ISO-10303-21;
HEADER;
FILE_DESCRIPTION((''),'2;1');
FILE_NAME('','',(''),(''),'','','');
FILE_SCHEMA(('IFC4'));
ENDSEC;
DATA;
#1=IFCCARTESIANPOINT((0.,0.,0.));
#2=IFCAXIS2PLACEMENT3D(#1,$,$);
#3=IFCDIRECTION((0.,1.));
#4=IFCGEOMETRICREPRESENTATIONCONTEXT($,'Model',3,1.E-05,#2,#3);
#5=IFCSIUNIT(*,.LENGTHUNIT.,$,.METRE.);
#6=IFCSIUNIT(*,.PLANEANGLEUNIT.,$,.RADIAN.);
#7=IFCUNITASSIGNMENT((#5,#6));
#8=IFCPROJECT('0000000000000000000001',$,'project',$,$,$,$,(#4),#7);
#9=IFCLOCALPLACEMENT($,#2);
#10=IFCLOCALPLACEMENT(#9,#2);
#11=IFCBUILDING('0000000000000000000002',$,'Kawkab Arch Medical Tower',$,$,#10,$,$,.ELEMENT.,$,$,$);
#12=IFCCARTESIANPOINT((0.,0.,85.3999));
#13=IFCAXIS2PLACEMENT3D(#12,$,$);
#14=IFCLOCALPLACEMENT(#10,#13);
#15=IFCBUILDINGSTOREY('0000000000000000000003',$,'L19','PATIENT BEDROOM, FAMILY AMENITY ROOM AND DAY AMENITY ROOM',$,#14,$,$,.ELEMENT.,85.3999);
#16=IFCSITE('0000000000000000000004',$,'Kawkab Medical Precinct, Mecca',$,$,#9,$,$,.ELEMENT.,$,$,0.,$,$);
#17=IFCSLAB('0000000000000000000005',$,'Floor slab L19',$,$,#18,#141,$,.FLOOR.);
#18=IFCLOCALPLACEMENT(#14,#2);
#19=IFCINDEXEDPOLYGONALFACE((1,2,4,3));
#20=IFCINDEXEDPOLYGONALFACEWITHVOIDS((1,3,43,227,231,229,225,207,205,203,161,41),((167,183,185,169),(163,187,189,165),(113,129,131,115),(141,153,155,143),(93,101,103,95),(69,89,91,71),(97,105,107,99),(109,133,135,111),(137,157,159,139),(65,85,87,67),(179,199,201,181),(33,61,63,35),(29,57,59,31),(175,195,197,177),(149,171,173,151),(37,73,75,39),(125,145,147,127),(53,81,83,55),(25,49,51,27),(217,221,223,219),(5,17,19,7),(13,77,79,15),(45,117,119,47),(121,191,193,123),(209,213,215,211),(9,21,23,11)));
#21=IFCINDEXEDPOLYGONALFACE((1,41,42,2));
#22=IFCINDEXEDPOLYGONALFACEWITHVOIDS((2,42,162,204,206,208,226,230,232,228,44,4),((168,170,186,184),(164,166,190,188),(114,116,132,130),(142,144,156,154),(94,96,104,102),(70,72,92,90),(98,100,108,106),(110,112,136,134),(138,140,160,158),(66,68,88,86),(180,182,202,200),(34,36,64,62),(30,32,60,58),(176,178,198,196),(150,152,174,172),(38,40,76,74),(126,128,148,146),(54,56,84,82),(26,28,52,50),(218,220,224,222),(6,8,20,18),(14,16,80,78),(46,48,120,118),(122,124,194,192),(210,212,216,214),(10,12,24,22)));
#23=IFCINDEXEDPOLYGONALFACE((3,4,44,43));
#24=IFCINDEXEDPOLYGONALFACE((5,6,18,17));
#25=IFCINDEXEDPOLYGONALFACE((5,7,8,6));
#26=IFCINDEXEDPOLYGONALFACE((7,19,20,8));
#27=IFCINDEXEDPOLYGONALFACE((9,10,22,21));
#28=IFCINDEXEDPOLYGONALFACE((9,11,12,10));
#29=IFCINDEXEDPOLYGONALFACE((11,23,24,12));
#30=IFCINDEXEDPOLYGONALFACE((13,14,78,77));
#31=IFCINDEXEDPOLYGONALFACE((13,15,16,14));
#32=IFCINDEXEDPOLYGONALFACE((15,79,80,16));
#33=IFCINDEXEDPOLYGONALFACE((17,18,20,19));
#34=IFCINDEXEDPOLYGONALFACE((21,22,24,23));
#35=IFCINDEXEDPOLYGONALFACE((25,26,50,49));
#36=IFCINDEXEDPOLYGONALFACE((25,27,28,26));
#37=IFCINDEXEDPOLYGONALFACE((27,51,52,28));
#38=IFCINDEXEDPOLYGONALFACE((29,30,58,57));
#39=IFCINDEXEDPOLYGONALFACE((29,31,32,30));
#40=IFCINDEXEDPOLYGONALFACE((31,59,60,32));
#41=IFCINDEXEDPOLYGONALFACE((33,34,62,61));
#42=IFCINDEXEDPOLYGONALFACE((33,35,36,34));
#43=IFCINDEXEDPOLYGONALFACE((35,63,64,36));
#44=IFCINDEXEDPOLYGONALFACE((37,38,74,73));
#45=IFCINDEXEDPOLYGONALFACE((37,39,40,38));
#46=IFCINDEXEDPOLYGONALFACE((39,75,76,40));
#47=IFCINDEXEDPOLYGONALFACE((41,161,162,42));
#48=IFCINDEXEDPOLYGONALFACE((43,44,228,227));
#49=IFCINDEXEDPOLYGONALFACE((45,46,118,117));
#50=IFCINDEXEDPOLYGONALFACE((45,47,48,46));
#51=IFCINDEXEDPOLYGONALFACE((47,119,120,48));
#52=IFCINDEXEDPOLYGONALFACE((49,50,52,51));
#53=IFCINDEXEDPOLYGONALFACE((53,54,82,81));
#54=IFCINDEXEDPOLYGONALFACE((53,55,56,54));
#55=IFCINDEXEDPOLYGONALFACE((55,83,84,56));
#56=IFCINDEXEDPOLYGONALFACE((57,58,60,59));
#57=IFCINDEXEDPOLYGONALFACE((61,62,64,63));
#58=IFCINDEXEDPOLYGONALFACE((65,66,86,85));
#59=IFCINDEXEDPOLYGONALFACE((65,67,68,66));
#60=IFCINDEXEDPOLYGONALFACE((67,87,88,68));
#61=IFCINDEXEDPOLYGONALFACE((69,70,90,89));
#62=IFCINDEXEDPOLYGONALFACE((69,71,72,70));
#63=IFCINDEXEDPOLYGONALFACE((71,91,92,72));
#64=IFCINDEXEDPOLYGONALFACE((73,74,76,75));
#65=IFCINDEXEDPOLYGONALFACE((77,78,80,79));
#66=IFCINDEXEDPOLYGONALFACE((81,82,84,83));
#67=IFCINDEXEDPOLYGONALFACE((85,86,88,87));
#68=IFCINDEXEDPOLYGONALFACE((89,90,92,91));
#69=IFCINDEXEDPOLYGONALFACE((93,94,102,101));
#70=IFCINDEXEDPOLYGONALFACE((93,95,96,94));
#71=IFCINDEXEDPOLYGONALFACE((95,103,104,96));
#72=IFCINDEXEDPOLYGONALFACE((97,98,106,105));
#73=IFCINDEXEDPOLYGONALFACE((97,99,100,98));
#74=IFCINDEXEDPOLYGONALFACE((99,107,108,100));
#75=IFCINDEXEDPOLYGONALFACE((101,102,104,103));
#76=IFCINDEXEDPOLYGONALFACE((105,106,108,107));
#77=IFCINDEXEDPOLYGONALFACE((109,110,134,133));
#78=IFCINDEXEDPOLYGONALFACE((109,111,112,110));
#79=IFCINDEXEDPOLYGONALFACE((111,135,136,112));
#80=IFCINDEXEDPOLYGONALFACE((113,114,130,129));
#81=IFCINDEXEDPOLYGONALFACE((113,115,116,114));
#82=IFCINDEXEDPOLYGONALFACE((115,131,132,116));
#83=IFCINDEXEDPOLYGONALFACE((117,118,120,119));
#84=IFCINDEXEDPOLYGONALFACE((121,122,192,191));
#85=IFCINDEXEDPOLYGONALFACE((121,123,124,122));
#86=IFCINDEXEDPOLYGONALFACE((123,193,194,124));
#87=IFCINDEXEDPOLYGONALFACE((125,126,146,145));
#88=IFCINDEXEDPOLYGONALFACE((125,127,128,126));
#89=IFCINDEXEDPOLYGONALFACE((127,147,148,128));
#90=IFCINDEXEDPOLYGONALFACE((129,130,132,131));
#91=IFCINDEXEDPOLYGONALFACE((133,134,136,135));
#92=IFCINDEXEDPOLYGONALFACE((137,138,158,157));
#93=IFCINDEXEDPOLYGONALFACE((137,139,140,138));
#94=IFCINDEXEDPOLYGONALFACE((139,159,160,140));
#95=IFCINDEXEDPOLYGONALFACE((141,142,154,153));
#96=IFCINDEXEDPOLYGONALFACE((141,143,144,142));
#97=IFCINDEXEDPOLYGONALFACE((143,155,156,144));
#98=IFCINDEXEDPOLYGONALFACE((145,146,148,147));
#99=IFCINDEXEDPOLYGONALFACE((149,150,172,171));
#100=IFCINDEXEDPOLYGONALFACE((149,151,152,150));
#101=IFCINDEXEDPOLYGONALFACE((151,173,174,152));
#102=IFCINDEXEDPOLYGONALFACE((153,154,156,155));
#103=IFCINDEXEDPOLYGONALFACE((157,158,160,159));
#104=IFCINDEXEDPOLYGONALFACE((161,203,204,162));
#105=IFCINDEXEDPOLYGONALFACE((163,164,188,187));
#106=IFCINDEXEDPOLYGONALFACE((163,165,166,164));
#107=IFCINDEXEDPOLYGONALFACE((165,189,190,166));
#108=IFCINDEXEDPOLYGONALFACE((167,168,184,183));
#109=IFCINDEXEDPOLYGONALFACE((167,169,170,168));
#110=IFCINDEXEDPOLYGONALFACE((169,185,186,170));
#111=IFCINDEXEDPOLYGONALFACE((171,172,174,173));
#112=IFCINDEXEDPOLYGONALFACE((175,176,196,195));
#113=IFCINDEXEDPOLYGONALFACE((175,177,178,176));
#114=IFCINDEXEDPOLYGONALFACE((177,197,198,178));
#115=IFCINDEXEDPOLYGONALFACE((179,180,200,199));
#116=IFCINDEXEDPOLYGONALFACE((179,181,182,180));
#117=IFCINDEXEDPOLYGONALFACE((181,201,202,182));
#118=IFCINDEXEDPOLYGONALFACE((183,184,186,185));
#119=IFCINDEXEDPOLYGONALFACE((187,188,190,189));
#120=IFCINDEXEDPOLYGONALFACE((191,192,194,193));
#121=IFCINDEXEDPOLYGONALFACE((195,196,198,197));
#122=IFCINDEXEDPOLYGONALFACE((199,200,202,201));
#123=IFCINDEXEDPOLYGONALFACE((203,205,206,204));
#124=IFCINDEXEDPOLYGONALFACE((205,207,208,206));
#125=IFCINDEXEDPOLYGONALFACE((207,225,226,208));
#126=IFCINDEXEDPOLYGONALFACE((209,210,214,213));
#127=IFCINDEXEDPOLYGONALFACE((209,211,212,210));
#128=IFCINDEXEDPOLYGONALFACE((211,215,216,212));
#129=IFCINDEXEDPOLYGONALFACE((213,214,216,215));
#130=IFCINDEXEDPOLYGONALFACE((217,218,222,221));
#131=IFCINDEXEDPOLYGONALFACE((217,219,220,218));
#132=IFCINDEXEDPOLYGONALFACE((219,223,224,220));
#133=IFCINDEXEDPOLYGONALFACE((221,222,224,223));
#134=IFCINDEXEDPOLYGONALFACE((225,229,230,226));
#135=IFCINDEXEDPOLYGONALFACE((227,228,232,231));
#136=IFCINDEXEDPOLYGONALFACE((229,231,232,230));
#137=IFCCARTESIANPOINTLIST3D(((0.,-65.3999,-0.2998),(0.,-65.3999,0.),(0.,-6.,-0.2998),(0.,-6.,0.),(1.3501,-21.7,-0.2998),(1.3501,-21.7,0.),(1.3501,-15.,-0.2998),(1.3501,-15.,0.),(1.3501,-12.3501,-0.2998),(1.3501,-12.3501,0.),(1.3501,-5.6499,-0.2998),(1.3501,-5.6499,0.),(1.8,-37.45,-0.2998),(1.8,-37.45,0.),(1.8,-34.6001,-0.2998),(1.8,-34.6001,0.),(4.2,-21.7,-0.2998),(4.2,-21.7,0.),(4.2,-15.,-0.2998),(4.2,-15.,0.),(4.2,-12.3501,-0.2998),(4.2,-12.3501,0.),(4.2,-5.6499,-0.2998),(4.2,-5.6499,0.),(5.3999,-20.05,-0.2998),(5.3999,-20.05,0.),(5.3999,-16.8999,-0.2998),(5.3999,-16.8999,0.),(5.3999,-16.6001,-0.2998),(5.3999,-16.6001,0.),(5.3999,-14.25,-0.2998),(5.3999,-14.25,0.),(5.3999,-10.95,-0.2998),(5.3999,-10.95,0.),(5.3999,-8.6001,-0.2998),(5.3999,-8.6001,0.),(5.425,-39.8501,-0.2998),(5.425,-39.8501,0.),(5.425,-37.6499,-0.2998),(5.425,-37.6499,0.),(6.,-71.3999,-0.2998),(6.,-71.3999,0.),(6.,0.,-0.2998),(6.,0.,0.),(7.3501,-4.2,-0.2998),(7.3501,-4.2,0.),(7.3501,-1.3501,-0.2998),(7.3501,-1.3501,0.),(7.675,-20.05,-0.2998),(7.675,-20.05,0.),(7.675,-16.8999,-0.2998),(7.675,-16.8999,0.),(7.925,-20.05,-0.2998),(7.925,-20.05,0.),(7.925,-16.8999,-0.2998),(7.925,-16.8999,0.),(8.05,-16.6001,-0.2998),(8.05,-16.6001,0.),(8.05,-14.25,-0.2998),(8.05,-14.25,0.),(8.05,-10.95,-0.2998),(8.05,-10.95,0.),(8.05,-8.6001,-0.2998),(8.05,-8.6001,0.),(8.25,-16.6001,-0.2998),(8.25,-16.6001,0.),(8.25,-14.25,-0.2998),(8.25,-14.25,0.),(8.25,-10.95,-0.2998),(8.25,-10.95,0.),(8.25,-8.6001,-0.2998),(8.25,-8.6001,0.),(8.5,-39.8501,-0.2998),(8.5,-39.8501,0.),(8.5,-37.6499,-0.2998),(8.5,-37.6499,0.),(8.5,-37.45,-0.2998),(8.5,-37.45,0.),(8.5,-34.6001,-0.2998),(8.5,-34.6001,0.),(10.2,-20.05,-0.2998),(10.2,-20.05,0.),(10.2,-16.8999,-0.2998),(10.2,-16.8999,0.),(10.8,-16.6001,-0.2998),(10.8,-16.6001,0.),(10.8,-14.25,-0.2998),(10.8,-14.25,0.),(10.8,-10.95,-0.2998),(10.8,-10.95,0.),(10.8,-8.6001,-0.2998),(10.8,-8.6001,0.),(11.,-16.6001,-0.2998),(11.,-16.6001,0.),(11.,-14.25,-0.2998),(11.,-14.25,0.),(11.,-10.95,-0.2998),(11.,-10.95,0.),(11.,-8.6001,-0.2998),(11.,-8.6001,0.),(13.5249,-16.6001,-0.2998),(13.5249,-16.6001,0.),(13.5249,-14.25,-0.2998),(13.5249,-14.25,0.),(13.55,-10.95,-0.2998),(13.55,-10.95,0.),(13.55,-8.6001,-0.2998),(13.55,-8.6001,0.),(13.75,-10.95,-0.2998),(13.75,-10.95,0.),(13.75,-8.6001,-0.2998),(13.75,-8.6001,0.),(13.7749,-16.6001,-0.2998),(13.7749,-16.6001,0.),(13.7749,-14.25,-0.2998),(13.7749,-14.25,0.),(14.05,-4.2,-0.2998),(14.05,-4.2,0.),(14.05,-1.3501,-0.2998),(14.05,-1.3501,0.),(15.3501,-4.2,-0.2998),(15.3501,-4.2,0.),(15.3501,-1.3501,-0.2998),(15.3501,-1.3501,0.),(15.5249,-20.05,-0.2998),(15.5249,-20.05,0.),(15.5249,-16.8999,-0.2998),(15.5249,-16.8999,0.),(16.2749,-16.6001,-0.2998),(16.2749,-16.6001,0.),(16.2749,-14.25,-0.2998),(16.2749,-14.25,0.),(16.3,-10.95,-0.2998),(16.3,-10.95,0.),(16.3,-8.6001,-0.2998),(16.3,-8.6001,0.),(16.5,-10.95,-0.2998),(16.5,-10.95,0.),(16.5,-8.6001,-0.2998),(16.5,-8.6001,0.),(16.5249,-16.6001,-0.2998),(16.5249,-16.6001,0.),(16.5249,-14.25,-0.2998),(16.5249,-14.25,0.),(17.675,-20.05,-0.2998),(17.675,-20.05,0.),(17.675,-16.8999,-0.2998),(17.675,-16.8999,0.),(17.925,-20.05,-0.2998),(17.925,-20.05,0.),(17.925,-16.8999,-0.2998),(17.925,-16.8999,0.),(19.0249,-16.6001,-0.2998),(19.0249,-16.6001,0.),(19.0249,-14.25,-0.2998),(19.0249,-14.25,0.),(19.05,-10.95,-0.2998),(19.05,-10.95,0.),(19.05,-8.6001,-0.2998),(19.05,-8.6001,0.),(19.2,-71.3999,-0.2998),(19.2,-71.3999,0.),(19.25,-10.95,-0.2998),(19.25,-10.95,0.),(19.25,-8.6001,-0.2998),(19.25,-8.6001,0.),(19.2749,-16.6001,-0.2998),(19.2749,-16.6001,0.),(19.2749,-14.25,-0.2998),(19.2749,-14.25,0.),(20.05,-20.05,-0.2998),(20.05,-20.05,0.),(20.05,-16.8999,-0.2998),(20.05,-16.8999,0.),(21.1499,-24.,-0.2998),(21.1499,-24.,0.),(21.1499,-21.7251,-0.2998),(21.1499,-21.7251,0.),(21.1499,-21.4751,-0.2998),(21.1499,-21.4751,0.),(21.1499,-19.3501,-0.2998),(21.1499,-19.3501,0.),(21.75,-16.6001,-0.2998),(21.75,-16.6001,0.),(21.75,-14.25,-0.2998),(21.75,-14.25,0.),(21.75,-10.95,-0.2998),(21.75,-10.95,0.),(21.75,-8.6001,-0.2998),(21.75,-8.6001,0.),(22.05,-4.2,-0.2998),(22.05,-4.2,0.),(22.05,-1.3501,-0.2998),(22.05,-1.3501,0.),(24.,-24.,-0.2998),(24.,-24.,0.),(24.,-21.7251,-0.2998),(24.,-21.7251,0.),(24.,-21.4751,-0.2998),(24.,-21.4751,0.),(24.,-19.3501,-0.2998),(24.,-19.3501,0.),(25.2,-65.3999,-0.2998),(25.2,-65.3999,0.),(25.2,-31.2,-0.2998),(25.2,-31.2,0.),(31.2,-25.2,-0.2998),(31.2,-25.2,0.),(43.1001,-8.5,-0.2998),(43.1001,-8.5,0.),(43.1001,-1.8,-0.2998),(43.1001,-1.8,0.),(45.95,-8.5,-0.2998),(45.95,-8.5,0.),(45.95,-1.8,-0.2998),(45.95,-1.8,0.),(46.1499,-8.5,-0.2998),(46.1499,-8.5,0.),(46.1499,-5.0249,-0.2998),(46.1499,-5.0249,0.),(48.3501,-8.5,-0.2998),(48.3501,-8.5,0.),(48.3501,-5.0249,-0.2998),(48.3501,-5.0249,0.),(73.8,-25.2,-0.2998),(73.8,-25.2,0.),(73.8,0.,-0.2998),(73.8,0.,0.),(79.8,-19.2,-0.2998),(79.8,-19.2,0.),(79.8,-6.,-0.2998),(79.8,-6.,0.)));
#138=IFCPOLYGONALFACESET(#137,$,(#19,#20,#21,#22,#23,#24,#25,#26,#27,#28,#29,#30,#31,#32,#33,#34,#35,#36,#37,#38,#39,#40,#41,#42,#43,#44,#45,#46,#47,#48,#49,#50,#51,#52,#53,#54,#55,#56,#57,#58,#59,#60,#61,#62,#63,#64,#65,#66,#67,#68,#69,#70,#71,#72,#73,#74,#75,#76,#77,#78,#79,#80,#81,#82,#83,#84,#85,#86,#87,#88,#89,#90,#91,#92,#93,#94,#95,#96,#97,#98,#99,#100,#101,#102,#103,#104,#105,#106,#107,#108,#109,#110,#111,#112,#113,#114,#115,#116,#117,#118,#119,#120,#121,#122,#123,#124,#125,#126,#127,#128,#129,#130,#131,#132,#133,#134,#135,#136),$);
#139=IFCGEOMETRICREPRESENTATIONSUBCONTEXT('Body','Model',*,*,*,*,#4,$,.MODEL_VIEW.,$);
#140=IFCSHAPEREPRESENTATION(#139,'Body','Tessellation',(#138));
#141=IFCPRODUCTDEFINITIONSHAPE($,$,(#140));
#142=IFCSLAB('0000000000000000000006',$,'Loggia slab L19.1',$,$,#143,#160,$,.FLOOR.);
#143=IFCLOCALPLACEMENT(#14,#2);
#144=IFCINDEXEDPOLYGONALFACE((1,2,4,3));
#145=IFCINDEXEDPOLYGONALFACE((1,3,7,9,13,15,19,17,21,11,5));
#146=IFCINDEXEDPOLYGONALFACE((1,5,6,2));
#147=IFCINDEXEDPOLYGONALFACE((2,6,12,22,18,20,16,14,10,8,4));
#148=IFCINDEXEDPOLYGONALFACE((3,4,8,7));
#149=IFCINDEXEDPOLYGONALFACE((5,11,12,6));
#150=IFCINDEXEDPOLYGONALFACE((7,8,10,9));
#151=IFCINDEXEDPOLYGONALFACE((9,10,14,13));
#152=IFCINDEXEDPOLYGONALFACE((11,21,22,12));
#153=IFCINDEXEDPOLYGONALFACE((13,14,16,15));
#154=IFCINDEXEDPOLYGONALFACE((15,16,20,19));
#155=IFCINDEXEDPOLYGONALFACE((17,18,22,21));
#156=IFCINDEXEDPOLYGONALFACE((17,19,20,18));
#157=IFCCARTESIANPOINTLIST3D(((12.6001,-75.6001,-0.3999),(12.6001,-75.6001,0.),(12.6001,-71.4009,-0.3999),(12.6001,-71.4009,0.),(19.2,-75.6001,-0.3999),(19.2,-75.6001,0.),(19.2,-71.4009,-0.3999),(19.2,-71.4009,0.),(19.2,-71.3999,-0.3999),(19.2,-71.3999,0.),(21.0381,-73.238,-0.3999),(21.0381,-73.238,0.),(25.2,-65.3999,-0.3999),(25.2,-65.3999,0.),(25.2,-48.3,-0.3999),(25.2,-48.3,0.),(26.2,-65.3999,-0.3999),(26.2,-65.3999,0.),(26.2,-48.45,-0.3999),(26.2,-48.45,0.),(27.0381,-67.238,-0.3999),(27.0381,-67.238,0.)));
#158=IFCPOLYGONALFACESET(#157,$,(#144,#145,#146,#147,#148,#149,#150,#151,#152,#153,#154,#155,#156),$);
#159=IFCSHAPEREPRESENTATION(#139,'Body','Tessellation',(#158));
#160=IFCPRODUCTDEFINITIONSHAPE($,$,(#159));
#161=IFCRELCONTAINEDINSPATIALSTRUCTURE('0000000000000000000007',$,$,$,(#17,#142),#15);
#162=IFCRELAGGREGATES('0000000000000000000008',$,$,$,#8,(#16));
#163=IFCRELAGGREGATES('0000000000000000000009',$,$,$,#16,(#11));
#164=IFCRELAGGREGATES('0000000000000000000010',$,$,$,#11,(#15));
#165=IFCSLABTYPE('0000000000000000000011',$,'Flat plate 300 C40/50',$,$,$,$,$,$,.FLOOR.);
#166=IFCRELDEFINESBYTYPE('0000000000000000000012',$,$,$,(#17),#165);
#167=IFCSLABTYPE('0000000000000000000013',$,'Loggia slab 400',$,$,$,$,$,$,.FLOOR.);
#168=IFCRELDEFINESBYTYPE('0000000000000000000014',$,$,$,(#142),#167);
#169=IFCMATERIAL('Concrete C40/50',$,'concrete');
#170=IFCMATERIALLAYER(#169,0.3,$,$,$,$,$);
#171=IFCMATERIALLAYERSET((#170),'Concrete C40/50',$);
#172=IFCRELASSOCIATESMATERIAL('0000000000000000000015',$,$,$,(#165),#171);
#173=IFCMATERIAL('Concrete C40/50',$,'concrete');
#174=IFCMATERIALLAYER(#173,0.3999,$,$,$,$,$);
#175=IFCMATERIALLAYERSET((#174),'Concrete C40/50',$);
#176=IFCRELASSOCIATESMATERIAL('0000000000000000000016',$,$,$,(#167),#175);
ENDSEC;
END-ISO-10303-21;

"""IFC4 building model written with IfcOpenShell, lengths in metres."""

from ifc_helpers import new_model, si_unit, direction, frame, origin, place, context, subcontext, project, spatial, polyline, outline, extrude, material, layer, layer_set, type_object, element, save


model = new_model("IFC4")

# Units and contexts
model_context = context("Model", 3, precision=1e-05, world=origin(), true_north=direction((0.0, 1.0)))
body_context = subcontext(model_context, "Body", "Model", "MODEL_VIEW")
ifc_project = project(units=[si_unit("LENGTHUNIT", "METRE"), si_unit("PLANEANGLEUNIT", "RADIAN")], contexts=[model_context])

# Site, building, storey
site_placement = place(None, origin())
site = spatial("IfcSite", under=ifc_project, at=site_placement, Name="Kawkab Medical Precinct, Mecca", CompositionType="ELEMENT", RefElevation=0.0)
building_placement = place(site_placement, origin())
building = spatial("IfcBuilding", under=site, at=building_placement, Name="Kawkab Arch Medical Tower", CompositionType="ELEMENT")
storey_placement = place(building_placement, frame((0.0, 0.0, 85.3999)))
storey = spatial("IfcBuildingStorey", under=building, at=storey_placement, Name="L19", Description="PATIENT BEDROOM, FAMILY AMENITY ROOM AND DAY AMENITY ROOM", CompositionType="ELEMENT", Elevation=85.3999)

# Slabs
ifc_material_1 = material(Name="Concrete C40/50", Category="concrete")
ifc_layer_1 = layer(ifc_material_1, 0.3)
ifc_layer_set_1 = layer_set([ifc_layer_1], Name="Concrete C40/50")
slab_type_1 = type_object("IfcSlabType", Name="Flat plate 300 C40/50", PredefinedType="FLOOR", material=ifc_layer_set_1)
slab_1_placement = place(storey_placement, frame((0.0, 0.0, -0.2998)))
element("IfcSlab", 1, at=slab_1_placement, inside=storey, type_object=slab_type_1, Name="Floor slab L19", PredefinedType="FLOOR", context=body_context, shape_type="SweptSolid", body=[
    extrude(outline(polyline([(6.0, 0.0), (73.8, 0.0), (79.8, -6.0), (79.8, -19.2), (73.8, -25.2), (31.2, -25.2), (25.2, -31.2), (25.2, -65.3999), (19.2, -71.3999), (6.0, -71.3999), (0.0, -65.3999), (0.0, -6.0), (6.0, 0.0)]), holes=[polyline([(5.425, -37.6499), (5.425, -39.8501), (8.5, -39.8501), (8.5, -37.6499), (5.425, -37.6499)]), polyline([(1.8, -37.45), (8.5, -37.45), (8.5, -34.6001), (1.8, -34.6001), (1.8, -37.45)]), polyline([(5.3999, -16.8999), (5.3999, -20.05), (7.675, -20.05), (7.675, -16.8999), (5.3999, -16.8999)]), polyline([(10.2, -16.8999), (7.925, -16.8999), (7.925, -20.05), (10.2, -20.05), (10.2, -16.8999)]), polyline([(4.2, -21.7), (4.2, -15.0), (1.3501, -15.0), (1.3501, -21.7), (4.2, -21.7)]), polyline([(5.3999, -14.25), (5.3999, -16.6001), (8.05, -16.6001), (8.05, -14.25), (5.3999, -14.25)]), polyline([(10.8, -14.25), (8.25, -14.25), (8.25, -16.6001), (10.8, -16.6001), (10.8, -14.25)]), polyline([(11.0, -14.25), (11.0, -16.6001), (13.5249, -16.6001), (13.5249, -14.25), (11.0, -14.25)]), polyline([(5.3999, -8.6001), (5.3999, -10.95), (8.05, -10.95), (8.05, -8.6001), (5.3999, -8.6001)]), polyline([(10.8, -8.6001), (8.25, -8.6001), (8.25, -10.95), (10.8, -10.95), (10.8, -8.6001)]), polyline([(11.0, -10.95), (13.55, -10.95), (13.55, -8.6001), (11.0, -8.6001), (11.0, -10.95)]), polyline([(4.2, -12.3501), (4.2, -5.6499), (1.3501, -5.6499), (1.3501, -12.3501), (4.2, -12.3501)]), polyline([(7.3501, -4.2), (14.05, -4.2), (14.05, -1.3501), (7.3501, -1.3501), (7.3501, -4.2)]), polyline([(24.0, -21.7251), (21.1499, -21.7251), (21.1499, -24.0), (24.0, -24.0), (24.0, -21.7251)]), polyline([(24.0, -21.4751), (24.0, -19.3501), (21.1499, -19.3501), (21.1499, -21.4751), (24.0, -21.4751)]), polyline([(15.5249, -16.8999), (15.5249, -20.05), (17.675, -20.05), (17.675, -16.8999), (15.5249, -16.8999)]), polyline([(17.925, -20.05), (20.05, -20.05), (20.05, -16.8999), (17.925, -16.8999), (17.925, -20.05)]), polyline([(16.2749, -14.25), (13.7749, -14.25), (13.7749, -16.6001), (16.2749, -16.6001), (16.2749, -14.25)]), polyline([(19.0249, -14.25), (16.5249, -14.25), (16.5249, -16.6001), (19.0249, -16.6001), (19.0249, -14.25)]), polyline([(19.2749, -16.6001), (21.75, -16.6001), (21.75, -14.25), (19.2749, -14.25), (19.2749, -16.6001)]), polyline([(13.75, -8.6001), (13.75, -10.95), (16.3, -10.95), (16.3, -8.6001), (13.75, -8.6001)]), polyline([(16.5, -8.6001), (16.5, -10.95), (19.05, -10.95), (19.05, -8.6001), (16.5, -8.6001)]), polyline([(19.25, -10.95), (21.75, -10.95), (21.75, -8.6001), (19.25, -8.6001), (19.25, -10.95)]), polyline([(46.1499, -5.0249), (46.1499, -8.5), (48.3501, -8.5), (48.3501, -5.0249), (46.1499, -5.0249)]), polyline([(43.1001, -1.8), (43.1001, -8.5), (45.95, -8.5), (45.95, -1.8), (43.1001, -1.8)]), polyline([(22.05, -1.3501), (15.3501, -1.3501), (15.3501, -4.2), (22.05, -4.2), (22.05, -1.3501)])]), origin(), (0.0, 0.0, 1.0), 0.2998),
])
ifc_material_2 = material(Name="Concrete C40/50", Category="concrete")
ifc_layer_2 = layer(ifc_material_2, 0.3999)
ifc_layer_set_2 = layer_set([ifc_layer_2], Name="Concrete C40/50")
slab_type_2 = type_object("IfcSlabType", Name="Loggia slab 400", PredefinedType="FLOOR", material=ifc_layer_set_2)
placement_1 = place(storey_placement, frame((0.0, 0.0, -0.3999)))
element("IfcSlab", 2, at=placement_1, inside=storey, type_object=slab_type_2, Name="Loggia slab L19.1", PredefinedType="FLOOR", context=body_context, shape_type="SweptSolid", body=[
    extrude(outline(polyline([(12.6001, -75.6001), (12.6001, -71.4009), (19.2, -71.4009), (19.2, -71.3999), (25.2, -65.3999), (25.2, -48.3), (26.2, -48.45), (26.2, -65.3999), (27.0381, -67.238), (21.0381, -73.238), (19.2, -75.6001), (12.6001, -75.6001)])), origin(), (0.0, 0.0, 1.0), 0.3999),
])

save(model, "model.ifc")
